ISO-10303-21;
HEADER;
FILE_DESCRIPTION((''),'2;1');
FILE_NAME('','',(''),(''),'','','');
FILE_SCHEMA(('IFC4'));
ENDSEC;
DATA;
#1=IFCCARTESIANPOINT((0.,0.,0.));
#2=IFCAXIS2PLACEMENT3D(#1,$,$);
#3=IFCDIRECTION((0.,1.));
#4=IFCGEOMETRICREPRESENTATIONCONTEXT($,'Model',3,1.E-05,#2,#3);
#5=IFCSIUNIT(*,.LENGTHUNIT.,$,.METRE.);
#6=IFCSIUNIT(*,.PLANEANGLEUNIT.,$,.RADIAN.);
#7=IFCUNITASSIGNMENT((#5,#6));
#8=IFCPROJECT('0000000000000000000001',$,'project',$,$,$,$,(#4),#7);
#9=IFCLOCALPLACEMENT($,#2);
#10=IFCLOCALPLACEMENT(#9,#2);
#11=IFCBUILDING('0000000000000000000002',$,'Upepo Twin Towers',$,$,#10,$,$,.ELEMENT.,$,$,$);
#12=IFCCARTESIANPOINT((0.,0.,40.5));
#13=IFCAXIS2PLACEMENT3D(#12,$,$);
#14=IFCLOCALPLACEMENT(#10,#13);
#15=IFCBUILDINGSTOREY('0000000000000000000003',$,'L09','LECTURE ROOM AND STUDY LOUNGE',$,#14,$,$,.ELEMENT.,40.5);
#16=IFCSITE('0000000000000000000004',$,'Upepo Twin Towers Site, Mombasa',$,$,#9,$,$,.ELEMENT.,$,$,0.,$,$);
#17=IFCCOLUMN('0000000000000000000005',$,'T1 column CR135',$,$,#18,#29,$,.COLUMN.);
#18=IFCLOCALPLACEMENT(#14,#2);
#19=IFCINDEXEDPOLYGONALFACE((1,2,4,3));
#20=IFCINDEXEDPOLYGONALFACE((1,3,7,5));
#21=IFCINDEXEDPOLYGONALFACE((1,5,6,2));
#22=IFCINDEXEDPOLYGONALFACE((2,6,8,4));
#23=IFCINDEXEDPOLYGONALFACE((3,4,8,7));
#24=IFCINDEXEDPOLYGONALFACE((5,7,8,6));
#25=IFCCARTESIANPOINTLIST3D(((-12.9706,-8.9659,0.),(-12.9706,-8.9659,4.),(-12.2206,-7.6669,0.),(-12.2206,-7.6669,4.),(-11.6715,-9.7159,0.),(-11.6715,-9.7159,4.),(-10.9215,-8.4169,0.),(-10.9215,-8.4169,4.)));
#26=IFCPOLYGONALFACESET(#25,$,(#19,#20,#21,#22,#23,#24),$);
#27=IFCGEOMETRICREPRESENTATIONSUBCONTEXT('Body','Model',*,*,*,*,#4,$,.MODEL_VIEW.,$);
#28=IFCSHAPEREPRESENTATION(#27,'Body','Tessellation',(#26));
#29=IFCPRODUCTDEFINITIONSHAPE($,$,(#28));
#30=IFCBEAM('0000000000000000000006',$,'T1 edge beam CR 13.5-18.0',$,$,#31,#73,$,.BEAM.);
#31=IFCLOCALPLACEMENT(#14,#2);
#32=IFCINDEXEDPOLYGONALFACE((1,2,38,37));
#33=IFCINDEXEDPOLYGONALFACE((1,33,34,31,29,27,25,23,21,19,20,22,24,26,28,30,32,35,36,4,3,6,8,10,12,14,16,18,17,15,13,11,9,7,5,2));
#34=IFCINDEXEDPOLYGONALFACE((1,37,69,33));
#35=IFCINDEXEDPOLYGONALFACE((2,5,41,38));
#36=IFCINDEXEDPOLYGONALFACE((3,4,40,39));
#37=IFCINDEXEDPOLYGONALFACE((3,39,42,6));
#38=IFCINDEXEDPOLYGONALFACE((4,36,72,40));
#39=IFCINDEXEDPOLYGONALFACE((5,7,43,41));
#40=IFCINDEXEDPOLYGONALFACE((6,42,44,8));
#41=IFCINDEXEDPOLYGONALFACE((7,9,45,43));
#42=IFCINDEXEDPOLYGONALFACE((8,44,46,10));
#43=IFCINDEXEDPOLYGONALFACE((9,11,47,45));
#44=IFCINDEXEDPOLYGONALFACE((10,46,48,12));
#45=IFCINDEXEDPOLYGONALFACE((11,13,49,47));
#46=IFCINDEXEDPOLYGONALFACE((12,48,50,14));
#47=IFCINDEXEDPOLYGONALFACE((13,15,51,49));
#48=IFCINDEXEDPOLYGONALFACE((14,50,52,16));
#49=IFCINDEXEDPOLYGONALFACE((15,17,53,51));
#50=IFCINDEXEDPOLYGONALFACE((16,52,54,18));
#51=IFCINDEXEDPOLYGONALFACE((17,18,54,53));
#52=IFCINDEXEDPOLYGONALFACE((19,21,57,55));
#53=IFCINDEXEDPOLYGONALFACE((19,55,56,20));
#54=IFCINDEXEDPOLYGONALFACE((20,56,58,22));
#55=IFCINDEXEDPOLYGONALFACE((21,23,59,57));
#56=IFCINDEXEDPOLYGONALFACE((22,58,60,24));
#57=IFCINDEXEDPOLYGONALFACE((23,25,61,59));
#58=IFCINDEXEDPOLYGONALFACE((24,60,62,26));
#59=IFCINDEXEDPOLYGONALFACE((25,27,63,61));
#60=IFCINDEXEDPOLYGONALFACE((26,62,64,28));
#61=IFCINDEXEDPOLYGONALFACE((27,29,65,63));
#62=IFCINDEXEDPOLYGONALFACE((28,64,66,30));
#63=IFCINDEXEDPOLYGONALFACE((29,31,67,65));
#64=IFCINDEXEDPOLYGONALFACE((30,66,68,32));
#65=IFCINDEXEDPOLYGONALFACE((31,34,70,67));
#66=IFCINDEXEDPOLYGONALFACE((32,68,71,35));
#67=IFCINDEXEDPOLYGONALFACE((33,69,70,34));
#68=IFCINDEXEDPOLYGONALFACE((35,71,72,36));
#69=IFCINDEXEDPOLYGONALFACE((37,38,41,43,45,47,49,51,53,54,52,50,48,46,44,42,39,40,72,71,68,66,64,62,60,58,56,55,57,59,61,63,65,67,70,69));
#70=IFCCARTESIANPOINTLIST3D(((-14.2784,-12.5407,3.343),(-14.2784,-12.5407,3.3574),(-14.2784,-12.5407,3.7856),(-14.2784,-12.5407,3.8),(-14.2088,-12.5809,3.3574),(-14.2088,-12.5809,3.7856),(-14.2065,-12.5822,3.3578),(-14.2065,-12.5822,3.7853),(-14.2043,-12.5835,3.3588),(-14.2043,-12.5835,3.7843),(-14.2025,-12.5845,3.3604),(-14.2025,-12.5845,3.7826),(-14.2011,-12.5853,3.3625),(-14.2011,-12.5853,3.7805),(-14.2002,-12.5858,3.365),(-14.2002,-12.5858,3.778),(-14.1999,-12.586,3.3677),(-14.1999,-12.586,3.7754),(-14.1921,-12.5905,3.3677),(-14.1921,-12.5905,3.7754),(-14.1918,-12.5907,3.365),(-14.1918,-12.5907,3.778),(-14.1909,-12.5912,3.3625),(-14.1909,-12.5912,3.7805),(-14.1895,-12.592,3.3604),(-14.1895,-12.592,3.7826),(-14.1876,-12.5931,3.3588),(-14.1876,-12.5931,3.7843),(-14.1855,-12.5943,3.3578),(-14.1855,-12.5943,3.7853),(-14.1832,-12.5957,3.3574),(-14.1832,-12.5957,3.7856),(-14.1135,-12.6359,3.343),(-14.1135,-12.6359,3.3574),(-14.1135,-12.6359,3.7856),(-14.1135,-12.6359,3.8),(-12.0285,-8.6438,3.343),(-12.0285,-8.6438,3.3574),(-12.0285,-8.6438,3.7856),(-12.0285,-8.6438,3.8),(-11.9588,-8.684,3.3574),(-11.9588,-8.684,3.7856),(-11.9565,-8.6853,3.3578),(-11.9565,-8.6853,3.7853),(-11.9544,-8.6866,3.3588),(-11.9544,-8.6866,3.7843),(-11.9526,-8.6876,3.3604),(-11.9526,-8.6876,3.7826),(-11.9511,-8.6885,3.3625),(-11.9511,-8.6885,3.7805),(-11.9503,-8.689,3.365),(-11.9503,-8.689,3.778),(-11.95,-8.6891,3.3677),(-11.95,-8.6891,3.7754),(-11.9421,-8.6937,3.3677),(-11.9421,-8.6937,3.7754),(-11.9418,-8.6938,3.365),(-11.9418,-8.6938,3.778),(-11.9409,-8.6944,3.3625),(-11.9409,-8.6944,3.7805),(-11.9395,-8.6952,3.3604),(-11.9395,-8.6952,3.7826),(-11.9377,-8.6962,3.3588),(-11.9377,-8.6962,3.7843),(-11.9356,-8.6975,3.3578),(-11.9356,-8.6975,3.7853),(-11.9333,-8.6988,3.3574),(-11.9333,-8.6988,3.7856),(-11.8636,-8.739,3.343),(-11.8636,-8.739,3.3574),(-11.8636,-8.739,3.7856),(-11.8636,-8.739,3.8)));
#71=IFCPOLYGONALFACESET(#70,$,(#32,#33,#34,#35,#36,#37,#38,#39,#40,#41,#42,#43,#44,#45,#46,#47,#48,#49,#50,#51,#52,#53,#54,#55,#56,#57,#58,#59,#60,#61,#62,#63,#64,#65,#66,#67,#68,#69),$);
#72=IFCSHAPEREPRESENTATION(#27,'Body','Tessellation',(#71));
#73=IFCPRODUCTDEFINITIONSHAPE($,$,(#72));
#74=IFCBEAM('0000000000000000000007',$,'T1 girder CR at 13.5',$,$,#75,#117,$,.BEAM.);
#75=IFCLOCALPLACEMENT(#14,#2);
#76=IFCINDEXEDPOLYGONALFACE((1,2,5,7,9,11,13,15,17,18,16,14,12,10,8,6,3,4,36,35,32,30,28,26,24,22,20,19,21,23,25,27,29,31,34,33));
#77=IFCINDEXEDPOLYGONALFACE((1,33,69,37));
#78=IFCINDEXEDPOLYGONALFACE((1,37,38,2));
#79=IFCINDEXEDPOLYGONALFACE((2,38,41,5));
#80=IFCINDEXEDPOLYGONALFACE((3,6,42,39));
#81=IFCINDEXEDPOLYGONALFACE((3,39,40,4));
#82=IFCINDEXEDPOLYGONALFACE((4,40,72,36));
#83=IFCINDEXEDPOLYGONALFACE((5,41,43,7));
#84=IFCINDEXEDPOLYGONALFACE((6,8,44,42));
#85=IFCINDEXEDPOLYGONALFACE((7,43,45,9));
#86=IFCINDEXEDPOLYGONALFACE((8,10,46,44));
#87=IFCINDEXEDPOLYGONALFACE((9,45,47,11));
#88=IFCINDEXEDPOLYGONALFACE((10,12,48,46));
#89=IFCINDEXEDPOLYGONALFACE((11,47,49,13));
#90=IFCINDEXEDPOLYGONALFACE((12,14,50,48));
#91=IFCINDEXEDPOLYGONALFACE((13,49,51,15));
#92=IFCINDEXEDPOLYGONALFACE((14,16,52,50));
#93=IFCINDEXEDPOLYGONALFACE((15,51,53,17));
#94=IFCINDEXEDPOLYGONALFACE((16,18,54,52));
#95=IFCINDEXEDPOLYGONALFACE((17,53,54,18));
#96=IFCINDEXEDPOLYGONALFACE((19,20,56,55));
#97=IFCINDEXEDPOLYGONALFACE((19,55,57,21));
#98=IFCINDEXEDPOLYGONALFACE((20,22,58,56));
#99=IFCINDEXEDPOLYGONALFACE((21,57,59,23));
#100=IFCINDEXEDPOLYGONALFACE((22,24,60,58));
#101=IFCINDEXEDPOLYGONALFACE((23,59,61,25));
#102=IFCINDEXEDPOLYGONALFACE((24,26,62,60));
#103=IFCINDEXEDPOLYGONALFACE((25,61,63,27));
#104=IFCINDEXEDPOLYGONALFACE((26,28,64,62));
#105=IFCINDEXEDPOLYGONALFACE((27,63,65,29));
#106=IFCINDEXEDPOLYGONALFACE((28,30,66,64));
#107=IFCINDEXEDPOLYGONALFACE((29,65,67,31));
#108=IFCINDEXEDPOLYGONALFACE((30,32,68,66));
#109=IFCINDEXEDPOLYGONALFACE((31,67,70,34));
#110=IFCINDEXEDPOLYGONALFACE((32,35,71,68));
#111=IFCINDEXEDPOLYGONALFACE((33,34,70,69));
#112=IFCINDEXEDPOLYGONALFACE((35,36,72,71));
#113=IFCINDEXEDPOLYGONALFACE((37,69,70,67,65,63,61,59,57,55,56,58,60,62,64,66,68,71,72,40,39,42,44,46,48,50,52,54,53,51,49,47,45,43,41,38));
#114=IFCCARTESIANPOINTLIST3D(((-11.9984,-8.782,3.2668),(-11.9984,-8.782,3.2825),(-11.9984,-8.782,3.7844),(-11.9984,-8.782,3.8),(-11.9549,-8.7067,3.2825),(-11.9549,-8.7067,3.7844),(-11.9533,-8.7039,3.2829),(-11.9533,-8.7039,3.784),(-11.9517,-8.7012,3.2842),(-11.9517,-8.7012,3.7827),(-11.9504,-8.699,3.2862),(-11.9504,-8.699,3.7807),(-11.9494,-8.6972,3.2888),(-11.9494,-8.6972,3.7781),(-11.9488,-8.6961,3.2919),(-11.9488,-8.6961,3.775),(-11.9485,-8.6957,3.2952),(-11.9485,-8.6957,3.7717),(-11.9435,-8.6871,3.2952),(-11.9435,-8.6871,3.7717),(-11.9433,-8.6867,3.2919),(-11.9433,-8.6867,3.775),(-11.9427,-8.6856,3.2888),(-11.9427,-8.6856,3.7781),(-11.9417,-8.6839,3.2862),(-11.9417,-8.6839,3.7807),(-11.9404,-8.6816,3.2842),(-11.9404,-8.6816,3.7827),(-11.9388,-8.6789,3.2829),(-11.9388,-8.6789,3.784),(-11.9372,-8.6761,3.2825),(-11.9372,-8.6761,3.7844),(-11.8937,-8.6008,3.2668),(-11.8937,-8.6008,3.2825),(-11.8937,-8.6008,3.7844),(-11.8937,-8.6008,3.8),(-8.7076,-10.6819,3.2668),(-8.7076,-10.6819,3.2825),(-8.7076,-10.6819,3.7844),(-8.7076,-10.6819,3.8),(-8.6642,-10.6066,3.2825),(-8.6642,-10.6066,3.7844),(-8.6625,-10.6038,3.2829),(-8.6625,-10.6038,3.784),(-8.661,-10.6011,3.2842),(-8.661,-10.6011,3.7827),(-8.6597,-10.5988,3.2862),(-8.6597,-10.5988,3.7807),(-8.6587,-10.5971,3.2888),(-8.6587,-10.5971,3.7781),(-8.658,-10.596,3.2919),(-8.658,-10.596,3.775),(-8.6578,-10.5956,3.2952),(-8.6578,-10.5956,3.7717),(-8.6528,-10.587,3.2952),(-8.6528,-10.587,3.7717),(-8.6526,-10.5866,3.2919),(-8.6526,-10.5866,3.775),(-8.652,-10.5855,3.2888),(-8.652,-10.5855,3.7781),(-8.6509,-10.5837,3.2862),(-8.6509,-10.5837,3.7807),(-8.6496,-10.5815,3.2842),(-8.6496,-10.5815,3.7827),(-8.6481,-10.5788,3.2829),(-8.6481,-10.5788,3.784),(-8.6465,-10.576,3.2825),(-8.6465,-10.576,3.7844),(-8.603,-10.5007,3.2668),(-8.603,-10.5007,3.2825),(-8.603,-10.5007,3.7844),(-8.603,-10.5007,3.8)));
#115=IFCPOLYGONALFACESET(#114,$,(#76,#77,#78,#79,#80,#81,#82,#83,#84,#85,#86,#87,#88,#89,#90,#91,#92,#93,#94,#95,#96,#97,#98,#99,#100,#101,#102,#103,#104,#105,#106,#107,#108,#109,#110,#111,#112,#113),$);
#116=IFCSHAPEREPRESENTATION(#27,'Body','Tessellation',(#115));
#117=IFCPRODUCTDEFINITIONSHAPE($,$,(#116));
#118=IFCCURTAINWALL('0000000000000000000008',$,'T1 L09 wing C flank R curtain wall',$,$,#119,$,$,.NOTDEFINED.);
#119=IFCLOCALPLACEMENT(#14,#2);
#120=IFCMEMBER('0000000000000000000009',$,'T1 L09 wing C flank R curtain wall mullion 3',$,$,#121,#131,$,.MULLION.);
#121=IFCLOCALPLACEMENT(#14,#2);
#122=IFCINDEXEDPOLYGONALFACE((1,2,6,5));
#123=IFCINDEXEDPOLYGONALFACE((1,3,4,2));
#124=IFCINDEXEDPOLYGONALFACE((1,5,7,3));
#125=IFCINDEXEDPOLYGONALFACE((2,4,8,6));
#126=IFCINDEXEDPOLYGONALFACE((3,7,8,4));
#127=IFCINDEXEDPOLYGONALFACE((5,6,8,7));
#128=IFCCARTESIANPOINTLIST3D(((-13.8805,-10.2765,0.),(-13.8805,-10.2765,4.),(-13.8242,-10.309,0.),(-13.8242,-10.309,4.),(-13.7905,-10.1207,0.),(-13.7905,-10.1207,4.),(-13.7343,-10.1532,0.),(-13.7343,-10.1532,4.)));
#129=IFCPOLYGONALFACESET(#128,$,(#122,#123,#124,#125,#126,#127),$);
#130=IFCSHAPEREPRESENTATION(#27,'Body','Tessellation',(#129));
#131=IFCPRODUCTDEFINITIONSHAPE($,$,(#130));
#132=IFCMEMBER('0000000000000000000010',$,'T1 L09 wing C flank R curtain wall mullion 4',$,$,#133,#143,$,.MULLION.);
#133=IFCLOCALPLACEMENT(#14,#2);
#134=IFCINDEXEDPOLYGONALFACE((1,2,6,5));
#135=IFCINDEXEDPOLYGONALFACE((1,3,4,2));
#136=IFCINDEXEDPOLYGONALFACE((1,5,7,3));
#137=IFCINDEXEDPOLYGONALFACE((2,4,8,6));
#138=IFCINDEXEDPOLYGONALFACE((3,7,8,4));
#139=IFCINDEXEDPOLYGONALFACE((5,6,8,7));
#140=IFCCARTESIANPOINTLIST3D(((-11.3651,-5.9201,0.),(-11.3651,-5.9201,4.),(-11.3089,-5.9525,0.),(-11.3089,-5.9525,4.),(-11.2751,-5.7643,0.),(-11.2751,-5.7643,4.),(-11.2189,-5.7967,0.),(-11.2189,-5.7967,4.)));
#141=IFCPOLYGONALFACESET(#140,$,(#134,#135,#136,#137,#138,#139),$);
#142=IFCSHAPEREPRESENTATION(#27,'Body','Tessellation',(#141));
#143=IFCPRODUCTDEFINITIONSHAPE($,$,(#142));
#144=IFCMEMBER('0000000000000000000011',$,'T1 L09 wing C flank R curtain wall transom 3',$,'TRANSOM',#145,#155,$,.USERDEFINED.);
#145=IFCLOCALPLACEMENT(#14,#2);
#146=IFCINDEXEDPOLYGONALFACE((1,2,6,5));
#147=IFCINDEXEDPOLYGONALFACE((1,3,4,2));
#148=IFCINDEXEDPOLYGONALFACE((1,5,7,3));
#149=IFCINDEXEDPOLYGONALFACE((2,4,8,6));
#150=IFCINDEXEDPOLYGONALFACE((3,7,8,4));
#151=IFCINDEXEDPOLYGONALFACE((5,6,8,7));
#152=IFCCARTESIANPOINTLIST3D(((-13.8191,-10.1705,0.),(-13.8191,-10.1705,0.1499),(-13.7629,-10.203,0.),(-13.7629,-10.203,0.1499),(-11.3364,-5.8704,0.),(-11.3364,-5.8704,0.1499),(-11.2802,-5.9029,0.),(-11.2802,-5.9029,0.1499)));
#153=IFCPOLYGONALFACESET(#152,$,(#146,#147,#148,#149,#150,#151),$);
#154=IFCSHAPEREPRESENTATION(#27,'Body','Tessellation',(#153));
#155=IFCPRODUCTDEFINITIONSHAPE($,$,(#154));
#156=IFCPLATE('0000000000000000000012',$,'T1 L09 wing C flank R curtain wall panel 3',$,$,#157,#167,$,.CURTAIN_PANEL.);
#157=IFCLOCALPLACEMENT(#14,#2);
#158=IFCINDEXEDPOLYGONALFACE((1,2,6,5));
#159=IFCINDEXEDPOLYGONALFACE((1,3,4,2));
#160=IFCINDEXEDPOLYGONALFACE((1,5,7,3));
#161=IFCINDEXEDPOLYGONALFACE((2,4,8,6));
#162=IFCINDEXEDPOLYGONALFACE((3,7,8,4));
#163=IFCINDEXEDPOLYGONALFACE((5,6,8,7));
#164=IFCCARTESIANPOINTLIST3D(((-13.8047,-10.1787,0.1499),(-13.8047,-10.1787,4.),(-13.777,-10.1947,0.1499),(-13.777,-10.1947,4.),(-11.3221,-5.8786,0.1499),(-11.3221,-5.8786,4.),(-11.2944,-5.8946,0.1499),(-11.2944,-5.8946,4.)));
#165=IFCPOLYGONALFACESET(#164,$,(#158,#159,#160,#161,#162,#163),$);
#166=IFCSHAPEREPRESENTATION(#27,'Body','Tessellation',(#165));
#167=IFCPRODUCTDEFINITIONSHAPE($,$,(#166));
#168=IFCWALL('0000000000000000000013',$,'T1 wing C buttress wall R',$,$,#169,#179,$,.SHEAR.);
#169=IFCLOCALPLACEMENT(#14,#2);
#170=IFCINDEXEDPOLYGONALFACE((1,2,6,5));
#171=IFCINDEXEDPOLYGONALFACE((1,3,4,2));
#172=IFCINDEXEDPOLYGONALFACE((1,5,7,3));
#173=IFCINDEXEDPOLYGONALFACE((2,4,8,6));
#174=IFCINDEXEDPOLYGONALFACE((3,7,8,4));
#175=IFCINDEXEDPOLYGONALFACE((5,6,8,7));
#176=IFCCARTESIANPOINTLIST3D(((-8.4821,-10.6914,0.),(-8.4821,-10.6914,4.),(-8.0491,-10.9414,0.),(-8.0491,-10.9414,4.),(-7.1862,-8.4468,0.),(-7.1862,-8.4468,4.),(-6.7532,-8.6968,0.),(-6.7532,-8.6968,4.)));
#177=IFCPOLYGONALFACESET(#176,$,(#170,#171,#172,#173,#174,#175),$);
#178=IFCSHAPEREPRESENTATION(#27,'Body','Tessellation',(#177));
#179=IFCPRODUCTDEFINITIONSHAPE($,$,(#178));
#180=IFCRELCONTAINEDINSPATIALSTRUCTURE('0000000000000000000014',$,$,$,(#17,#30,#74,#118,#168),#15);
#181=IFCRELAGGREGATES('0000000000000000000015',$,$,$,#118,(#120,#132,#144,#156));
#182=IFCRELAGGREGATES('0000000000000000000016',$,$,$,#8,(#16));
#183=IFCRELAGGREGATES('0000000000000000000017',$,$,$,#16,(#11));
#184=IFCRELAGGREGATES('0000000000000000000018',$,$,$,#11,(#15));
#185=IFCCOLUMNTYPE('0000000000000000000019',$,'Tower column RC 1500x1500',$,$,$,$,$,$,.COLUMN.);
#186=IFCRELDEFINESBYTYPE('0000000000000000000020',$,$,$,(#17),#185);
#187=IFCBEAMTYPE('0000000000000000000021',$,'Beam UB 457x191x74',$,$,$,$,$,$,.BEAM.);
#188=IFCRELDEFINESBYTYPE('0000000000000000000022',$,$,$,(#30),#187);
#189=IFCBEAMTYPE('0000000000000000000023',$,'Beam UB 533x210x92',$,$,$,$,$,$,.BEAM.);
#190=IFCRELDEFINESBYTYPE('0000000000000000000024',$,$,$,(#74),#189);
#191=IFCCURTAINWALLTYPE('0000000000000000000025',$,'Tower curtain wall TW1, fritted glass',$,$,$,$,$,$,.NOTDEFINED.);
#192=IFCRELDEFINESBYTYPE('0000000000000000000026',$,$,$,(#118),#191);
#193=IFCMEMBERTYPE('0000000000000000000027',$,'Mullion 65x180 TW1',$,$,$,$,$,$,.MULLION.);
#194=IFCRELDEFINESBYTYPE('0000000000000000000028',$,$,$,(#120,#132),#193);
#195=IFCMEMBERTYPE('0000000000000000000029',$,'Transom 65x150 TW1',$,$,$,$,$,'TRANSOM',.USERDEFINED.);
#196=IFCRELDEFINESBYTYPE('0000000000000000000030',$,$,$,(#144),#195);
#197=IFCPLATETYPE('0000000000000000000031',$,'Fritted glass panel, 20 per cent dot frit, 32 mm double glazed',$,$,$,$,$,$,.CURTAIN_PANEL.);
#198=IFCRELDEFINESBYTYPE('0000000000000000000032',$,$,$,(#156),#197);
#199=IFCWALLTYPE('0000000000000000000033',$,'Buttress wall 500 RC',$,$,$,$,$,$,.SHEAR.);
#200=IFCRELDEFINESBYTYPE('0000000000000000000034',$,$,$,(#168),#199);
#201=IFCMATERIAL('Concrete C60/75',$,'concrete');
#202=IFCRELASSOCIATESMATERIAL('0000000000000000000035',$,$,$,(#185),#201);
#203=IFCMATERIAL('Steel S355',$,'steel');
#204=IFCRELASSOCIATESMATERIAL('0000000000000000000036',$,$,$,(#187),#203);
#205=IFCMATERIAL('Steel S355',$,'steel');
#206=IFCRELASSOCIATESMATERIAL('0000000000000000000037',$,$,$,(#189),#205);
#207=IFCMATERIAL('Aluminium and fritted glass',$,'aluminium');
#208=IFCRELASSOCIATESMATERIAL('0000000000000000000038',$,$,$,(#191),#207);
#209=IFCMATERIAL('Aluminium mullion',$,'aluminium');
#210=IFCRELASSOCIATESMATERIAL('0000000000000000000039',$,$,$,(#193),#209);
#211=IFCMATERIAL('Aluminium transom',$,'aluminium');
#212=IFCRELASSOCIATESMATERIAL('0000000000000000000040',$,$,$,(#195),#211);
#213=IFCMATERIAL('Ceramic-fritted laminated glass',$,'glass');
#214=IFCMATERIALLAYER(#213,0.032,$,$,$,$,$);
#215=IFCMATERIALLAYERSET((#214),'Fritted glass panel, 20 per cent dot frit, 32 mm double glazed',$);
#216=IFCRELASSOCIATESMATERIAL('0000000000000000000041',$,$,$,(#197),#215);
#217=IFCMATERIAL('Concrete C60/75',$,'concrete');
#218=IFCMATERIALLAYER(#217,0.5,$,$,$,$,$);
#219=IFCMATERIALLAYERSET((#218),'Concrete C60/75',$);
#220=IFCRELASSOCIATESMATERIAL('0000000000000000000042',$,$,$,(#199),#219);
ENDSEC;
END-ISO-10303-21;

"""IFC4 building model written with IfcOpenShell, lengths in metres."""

from ifc_helpers import new_model, si_unit, direction, frame, frame_2d, origin, origin_2d, place, context, subcontext, project, spatial, rectangle, i_section, extrude, material, layer, layer_set, material_profile, profile_set, type_object, element, aggregate, save


model = new_model("IFC4")

# Units and contexts
model_context = context("Model", 3, precision=1e-05, world=origin(), true_north=direction((0.0, 1.0)))
body_context = subcontext(model_context, "Body", "Model", "MODEL_VIEW")
ifc_project = project(units=[si_unit("LENGTHUNIT", "METRE"), si_unit("PLANEANGLEUNIT", "RADIAN")], contexts=[model_context])

# Site, building, storey
site_placement = place(None, origin())
site = spatial("IfcSite", under=ifc_project, at=site_placement, Name="Upepo Twin Towers Site, Mombasa", CompositionType="ELEMENT", RefElevation=0.0)
building_placement = place(site_placement, origin())
building = spatial("IfcBuilding", under=site, at=building_placement, Name="Upepo Twin Towers", CompositionType="ELEMENT")
storey_placement = place(building_placement, frame((0.0, 0.0, 40.5)))
storey = spatial("IfcBuildingStorey", under=building, at=storey_placement, Name="L09", Description="LECTURE ROOM AND STUDY LOUNGE", CompositionType="ELEMENT", Elevation=40.5)

# Column
ifc_material_1 = material(Name="Concrete C60/75", Category="concrete")
ifc_material_profile_1 = material_profile(ifc_material_1, rectangle(XDim=1.5, YDim=1.5, at=origin_2d()), Name="RC 1500x1500")
ifc_profile_set_1 = profile_set([ifc_material_profile_1], Name="Concrete C60/75")
column_type = type_object("IfcColumnType", Name="Tower column RC 1500x1500", PredefinedType="COLUMN", material=ifc_profile_set_1)
column_placement = place(storey_placement, frame((-11.946, -8.6914, 0.0), z_axis=(0.0, 0.0, 1.0), x_axis=(0.5, 0.866025, 0.0)))
element("IfcColumn", 1, at=column_placement, inside=storey, type_object=column_type, Name="T1 column CR135", PredefinedType="COLUMN", context=body_context, shape_type="SweptSolid", body=[
    extrude(rectangle(XDim=1.5, YDim=1.5, at=origin_2d()), origin(), (0.0, 0.0, 1.0), 4.0),
])

# Beams
ifc_material_2 = material(Name="Steel S355", Category="steel")
ifc_material_profile_2 = material_profile(ifc_material_2, i_section(OverallWidth=0.1904, OverallDepth=0.457, WebThickness=0.009, FlangeThickness=0.0144, FilletRadius=0.0103, at=origin_2d()), Name="UB 457x191x74")
ifc_profile_set_2 = profile_set([ifc_material_profile_2], Name="Steel S355")
beam_type_1 = type_object("IfcBeamType", Name="Beam UB 457x191x74", PredefinedType="BEAM", material=ifc_profile_set_2)
beam_1_placement = place(storey_placement, frame((-11.946, -8.6914, 3.5715), z_axis=(-0.500014, -0.866018, 0.0), x_axis=(0.866018, -0.500014, 0.0)))
element("IfcBeam", 2, at=beam_1_placement, inside=storey, type_object=beam_type_1, Name="T1 edge beam CR 13.5-18.0", PredefinedType="BEAM", context=body_context, shape_type="SweptSolid", body=[
    extrude(i_section(OverallWidth=0.1904, OverallDepth=0.457, WebThickness=0.009, FlangeThickness=0.0144, FilletRadius=0.0103, at=origin_2d()), origin(), (0.0, 0.0, 1.0), 4.4998),
])
ifc_material_3 = material(Name="Steel S355", Category="steel")
ifc_material_profile_3 = material_profile(ifc_material_3, i_section(OverallWidth=0.2092, OverallDepth=0.5332, WebThickness=0.01, FlangeThickness=0.0156, FilletRadius=0.0127, at=origin_2d()), Name="UB 533x210x92")
ifc_profile_set_3 = profile_set([ifc_material_profile_3], Name="Steel S355")
beam_type_2 = type_object("IfcBeamType", Name="Beam UB 533x210x92", PredefinedType="BEAM", material=ifc_profile_set_3)
beam_2_placement = place(storey_placement, frame((-11.946, -8.6914, 3.5334), z_axis=(0.866028, -0.499995, 0.0), x_axis=(0.499995, 0.866028, 0.0)))
element("IfcBeam", 3, at=beam_2_placement, inside=storey, type_object=beam_type_2, Name="T1 girder CR at 13.5", PredefinedType="BEAM", context=body_context, shape_type="SweptSolid", body=[
    extrude(i_section(OverallWidth=0.2092, OverallDepth=0.5332, WebThickness=0.01, FlangeThickness=0.0156, FilletRadius=0.0127, at=origin_2d()), origin(), (0.0, 0.0, 1.0), 3.7998),
])

# Curtain wall, members, plate
ifc_material_4 = material(Name="Aluminium and fritted glass", Category="aluminium")
curtain_wall_type = type_object("IfcCurtainWallType", Name="Tower curtain wall TW1, fritted glass", PredefinedType="NOTDEFINED", material=ifc_material_4)
curtain_wall_placement = place(storey_placement, origin())
curtain_wall = element("IfcCurtainWall", 4, at=curtain_wall_placement, inside=storey, type_object=curtain_wall_type, Name="T1 L09 wing C flank R curtain wall", PredefinedType="NOTDEFINED")
ifc_material_5 = material(Name="Aluminium mullion", Category="aluminium")
ifc_material_profile_4 = material_profile(ifc_material_5, rectangle(XDim=0.0649, YDim=0.1799, at=origin_2d()), Name="MULLION 65x180")
ifc_profile_set_4 = profile_set([ifc_material_profile_4], Name="Aluminium mullion")
member_type_1 = type_object("IfcMemberType", Name="Mullion 65x180 TW1", PredefinedType="MULLION", material=ifc_profile_set_4)
member_1_placement = place(storey_placement, frame((-13.8074, -10.2148, 0.0), z_axis=(0.0, 0.0, 1.0), x_axis=(-0.866025, 0.5, 0.0)))
member_1 = element("IfcMember", 5, at=member_1_placement, type_object=member_type_1, Name="T1 L09 wing C flank R curtain wall mullion 3", PredefinedType="MULLION", context=body_context, shape_type="SweptSolid", body=[
    extrude(rectangle(XDim=0.0649, YDim=0.1799, at=origin_2d()), origin(), (0.0, 0.0, 1.0), 4.0),
])
member_2_placement = place(storey_placement, frame((-11.292, -5.8584, 0.0), z_axis=(0.0, 0.0, 1.0), x_axis=(-0.866025, 0.5, 0.0)))
member_2 = element("IfcMember", 6, at=member_2_placement, type_object=member_type_1, Name="T1 L09 wing C flank R curtain wall mullion 4", PredefinedType="MULLION", context=body_context, shape_type="SweptSolid", body=[
    extrude(rectangle(XDim=0.0649, YDim=0.1799, at=origin_2d()), origin(), (0.0, 0.0, 1.0), 4.0),
])
ifc_material_6 = material(Name="Aluminium transom", Category="aluminium")
ifc_material_profile_5 = material_profile(ifc_material_6, rectangle(XDim=0.0649, YDim=0.1499, at=origin_2d()), Name="TRANSOM 65x150")
ifc_profile_set_5 = profile_set([ifc_material_profile_5], Name="Aluminium transom")
member_type_2 = type_object("IfcMemberType", Name="Transom 65x150 TW1", ElementType="TRANSOM", PredefinedType="USERDEFINED", material=ifc_profile_set_5)
member_3_placement = place(storey_placement, frame((-13.791, -10.1868, 0.075), z_axis=(0.500005, 0.866023, 0.0), x_axis=(-0.866023, 0.500005, 0.0)))
member_3 = element("IfcMember", 7, at=member_3_placement, type_object=member_type_2, Name="T1 L09 wing C flank R curtain wall transom 3", ObjectType="TRANSOM", PredefinedType="USERDEFINED", context=body_context, shape_type="SweptSolid", body=[
    extrude(rectangle(XDim=0.0649, YDim=0.1499, at=origin_2d()), origin(), (0.0, 0.0, 1.0), 4.9653),
])
ifc_material_7 = material(Name="Ceramic-fritted laminated glass", Category="glass")
ifc_layer_1 = layer(ifc_material_7, 0.032)
ifc_layer_set_1 = layer_set([ifc_layer_1], Name="Fritted glass panel, 20 per cent dot frit, 32 mm double glazed")
plate_type = type_object("IfcPlateType", Name="Fritted glass panel, 20 per cent dot frit, 32 mm double glazed", PredefinedType="CURTAIN_PANEL", material=ifc_layer_set_1)
plate_placement = place(storey_placement, frame((-12.5496, -8.0366, 0.1499), z_axis=(0.0, 0.0, 1.0), x_axis=(0.5, 0.866025, 0.0)))
plate = element("IfcPlate", 8, at=plate_placement, type_object=plate_type, Name="T1 L09 wing C flank R curtain wall panel 3", PredefinedType="CURTAIN_PANEL", context=body_context, shape_type="SweptSolid", body=[
    extrude(rectangle(XDim=4.9653, YDim=0.032, at=origin_2d()), origin(), (0.0, 0.0, 1.0), 3.8501),
])
aggregate(curtain_wall, [member_1, member_2, member_3, plate])

# Wall
ifc_material_8 = material(Name="Concrete C60/75", Category="concrete")
ifc_layer_2 = layer(ifc_material_8, 0.5)
ifc_layer_set_2 = layer_set([ifc_layer_2], Name="Concrete C60/75")
wall_type_1 = type_object("IfcWallType", Name="Buttress wall 500 RC", PredefinedType="SHEAR", material=ifc_layer_set_2)
wall_1_placement = place(storey_placement, frame((-6.9697, -8.5718, 0.0), z_axis=(0.0, 0.0, 1.0), x_axis=(-0.499989, -0.866032, 0.0)))
element("IfcWall", 9, at=wall_1_placement, inside=storey, type_object=wall_type_1, Name="T1 wing C buttress wall R", PredefinedType="SHEAR", context=body_context, shape_type="SweptSolid", body=[
    extrude(rectangle(XDim=2.5918, YDim=0.5, at=frame_2d((1.2959, 0.0))), origin(), (0.0, 0.0, 1.0), 4.0),
])

save(model, "model.ifc")
